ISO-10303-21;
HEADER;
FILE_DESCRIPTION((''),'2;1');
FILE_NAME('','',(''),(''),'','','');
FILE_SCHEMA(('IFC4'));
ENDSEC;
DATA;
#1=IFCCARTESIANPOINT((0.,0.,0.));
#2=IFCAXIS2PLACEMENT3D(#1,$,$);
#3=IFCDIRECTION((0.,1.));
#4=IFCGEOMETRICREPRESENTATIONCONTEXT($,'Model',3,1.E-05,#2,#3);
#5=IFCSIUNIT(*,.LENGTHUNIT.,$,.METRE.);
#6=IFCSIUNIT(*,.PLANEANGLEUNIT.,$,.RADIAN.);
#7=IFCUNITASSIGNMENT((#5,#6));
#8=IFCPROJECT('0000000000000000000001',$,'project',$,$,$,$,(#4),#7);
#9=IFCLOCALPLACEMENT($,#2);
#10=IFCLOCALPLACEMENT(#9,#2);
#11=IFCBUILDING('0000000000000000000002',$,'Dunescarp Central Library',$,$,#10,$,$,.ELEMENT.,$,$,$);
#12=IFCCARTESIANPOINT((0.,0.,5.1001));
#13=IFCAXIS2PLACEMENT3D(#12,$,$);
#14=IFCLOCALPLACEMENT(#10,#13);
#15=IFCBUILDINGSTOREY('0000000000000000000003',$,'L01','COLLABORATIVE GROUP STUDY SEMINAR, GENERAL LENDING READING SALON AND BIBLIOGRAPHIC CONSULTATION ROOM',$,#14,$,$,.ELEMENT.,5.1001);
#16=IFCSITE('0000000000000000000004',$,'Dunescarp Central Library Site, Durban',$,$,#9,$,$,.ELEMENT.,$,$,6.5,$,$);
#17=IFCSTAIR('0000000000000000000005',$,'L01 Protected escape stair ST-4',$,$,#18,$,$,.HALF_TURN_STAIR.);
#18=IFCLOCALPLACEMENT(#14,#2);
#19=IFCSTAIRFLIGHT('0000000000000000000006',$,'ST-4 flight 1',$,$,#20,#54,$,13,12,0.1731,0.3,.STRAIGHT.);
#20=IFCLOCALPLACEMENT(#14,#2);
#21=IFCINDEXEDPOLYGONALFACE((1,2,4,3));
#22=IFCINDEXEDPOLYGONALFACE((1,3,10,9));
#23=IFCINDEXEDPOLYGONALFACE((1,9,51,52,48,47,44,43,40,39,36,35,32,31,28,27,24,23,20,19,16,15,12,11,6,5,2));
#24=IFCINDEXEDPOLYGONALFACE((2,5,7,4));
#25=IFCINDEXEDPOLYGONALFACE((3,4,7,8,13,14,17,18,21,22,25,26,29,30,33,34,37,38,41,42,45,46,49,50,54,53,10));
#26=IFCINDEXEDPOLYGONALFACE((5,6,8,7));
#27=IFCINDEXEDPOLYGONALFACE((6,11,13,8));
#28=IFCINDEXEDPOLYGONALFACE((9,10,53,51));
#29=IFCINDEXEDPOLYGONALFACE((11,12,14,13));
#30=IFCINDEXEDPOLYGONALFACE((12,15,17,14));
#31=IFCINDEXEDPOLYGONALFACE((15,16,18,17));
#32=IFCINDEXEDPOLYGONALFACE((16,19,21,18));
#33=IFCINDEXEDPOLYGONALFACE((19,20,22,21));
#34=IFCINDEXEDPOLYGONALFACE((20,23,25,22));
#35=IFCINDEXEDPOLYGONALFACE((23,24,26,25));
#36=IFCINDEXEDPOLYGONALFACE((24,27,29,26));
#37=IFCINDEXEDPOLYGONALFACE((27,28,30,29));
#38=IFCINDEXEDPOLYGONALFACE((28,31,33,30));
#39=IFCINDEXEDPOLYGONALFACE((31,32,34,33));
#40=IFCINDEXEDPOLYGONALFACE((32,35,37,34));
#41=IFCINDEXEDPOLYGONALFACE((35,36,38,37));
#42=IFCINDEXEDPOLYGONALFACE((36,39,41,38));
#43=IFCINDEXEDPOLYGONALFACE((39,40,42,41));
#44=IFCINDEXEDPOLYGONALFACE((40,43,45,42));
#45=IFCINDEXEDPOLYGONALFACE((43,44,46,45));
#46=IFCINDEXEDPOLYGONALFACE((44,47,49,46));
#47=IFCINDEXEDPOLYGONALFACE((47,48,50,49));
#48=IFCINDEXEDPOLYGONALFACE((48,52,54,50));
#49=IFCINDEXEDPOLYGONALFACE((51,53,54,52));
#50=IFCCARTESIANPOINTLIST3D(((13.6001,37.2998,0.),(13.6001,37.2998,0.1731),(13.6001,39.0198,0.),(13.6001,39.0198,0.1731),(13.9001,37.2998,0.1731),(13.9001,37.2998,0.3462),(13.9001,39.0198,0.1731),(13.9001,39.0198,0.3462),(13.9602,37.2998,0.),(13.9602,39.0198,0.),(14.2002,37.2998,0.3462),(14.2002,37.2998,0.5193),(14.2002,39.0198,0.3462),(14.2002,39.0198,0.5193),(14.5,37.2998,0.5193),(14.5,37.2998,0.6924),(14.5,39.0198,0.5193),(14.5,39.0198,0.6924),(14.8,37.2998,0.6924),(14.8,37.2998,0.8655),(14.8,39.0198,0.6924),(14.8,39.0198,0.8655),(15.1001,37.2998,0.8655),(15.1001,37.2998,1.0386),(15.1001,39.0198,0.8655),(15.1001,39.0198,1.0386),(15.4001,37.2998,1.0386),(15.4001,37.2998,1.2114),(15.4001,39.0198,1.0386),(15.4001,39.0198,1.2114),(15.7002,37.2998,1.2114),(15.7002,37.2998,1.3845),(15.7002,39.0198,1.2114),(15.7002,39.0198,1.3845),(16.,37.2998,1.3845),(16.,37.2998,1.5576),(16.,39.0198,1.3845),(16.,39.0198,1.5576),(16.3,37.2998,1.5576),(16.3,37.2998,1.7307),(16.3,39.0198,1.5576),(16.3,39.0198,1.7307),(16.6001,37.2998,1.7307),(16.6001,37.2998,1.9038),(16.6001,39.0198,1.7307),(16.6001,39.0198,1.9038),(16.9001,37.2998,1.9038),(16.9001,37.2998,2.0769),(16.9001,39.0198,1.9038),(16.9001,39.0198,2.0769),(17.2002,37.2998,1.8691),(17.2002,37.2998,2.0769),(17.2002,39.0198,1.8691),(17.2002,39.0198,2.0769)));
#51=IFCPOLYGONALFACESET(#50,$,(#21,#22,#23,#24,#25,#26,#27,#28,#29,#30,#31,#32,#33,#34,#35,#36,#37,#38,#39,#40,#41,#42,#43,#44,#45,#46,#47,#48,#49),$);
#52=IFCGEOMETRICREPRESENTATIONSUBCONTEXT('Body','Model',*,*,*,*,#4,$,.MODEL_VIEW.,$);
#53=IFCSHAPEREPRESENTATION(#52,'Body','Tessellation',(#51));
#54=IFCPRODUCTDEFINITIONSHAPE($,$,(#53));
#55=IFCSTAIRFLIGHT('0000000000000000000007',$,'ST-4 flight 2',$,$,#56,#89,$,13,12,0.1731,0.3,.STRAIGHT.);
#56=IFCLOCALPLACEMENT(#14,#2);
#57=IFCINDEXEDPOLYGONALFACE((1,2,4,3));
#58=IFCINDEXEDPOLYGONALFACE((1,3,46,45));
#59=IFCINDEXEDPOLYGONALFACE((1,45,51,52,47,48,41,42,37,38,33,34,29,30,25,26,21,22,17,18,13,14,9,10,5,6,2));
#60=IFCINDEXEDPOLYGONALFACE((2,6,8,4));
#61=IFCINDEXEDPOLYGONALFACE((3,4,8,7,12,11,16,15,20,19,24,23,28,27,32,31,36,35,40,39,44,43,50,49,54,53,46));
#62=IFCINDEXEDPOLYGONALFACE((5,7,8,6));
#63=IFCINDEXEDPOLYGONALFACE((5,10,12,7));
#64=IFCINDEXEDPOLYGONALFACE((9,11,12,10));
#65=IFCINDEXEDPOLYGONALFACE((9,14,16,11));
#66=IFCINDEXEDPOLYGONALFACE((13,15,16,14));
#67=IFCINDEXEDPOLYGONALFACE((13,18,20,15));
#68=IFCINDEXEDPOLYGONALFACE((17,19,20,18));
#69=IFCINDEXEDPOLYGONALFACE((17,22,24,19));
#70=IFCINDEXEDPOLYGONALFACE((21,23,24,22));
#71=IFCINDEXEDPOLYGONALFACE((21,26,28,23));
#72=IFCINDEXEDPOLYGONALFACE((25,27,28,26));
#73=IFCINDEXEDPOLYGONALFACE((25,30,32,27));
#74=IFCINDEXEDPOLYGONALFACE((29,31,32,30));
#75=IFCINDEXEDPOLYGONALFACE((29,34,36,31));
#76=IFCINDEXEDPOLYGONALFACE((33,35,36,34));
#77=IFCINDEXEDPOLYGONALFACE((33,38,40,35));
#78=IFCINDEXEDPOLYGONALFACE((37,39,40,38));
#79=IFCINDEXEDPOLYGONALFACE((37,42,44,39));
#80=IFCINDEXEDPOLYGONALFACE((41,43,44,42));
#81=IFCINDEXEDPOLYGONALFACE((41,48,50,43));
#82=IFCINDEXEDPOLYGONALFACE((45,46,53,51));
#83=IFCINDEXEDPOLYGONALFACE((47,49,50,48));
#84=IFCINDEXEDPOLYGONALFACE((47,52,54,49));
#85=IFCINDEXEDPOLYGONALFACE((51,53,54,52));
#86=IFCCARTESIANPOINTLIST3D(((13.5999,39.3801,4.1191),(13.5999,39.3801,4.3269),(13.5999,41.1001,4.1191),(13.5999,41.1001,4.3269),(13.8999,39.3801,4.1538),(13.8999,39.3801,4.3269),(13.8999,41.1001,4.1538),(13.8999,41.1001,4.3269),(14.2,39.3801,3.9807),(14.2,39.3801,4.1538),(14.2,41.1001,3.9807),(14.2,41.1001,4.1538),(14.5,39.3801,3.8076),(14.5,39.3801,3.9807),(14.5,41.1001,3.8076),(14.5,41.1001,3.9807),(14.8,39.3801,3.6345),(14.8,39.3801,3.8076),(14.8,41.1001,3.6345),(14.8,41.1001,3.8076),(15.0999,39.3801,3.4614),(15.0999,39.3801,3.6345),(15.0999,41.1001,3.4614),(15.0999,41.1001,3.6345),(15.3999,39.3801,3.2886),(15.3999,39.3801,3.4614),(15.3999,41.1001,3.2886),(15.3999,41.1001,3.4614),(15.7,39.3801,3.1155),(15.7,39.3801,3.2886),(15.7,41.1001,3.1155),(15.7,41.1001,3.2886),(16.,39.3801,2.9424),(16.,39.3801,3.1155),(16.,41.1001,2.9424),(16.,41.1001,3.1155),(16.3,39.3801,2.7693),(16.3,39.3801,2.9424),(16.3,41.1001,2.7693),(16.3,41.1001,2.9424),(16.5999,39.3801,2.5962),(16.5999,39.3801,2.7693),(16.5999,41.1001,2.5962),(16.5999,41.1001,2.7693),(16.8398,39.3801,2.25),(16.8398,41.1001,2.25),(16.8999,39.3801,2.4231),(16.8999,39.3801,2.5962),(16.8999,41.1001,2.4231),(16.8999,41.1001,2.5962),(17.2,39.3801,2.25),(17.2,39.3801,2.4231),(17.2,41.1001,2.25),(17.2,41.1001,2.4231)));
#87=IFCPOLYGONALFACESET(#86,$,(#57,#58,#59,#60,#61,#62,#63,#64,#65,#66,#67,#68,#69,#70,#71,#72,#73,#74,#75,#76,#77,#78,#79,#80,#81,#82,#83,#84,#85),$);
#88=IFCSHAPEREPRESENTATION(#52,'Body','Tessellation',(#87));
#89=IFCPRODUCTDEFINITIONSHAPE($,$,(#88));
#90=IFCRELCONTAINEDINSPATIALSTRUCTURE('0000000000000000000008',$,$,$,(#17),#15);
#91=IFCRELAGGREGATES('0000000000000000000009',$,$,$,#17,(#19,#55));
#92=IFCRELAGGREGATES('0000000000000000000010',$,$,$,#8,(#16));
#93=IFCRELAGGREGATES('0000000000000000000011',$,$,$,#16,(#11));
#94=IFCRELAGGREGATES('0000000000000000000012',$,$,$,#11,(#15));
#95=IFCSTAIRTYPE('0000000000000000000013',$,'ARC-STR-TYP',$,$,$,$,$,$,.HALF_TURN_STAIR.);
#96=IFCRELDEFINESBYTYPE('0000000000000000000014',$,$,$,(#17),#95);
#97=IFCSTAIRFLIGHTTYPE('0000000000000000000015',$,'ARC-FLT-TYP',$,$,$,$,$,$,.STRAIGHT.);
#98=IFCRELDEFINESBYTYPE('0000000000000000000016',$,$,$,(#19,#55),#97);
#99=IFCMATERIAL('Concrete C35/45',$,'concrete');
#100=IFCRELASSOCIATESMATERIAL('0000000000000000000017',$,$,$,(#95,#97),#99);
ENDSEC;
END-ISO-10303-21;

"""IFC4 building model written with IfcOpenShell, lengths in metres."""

from ifc_helpers import new_model, si_unit, direction, frame, origin, place, context, subcontext, project, spatial, polyline, outline, extrude, material, type_object, element, aggregate, save


model = new_model("IFC4")

# Units and contexts
model_context = context("Model", 3, precision=1e-05, world=origin(), true_north=direction((0.0, 1.0)))
body_context = subcontext(model_context, "Body", "Model", "MODEL_VIEW")
ifc_project = project(units=[si_unit("LENGTHUNIT", "METRE"), si_unit("PLANEANGLEUNIT", "RADIAN")], contexts=[model_context])

# Site, building, storey
site_placement = place(None, origin())
site = spatial("IfcSite", under=ifc_project, at=site_placement, Name="Dunescarp Central Library Site, Durban", CompositionType="ELEMENT", RefElevation=6.5)
building_placement = place(site_placement, origin())
building = spatial("IfcBuilding", under=site, at=building_placement, Name="Dunescarp Central Library", CompositionType="ELEMENT")
storey_placement = place(building_placement, frame((0.0, 0.0, 5.1001)))
storey = spatial("IfcBuildingStorey", under=building, at=storey_placement, Name="L01", Description="COLLABORATIVE GROUP STUDY SEMINAR, GENERAL LENDING READING SALON AND BIBLIOGRAPHIC CONSULTATION ROOM", CompositionType="ELEMENT", Elevation=5.1001)

# Shared definitions
ifc_material_1 = material(Name="Concrete C35/45", Category="concrete")

# Stair, stair flights
stair_type = type_object("IfcStairType", Name="ARC-STR-TYP", PredefinedType="HALF_TURN_STAIR", material=ifc_material_1)
stair_placement = place(storey_placement, origin())
stair = element("IfcStair", 1, at=stair_placement, inside=storey, type_object=stair_type, Name="L01 Protected escape stair ST-4", PredefinedType="HALF_TURN_STAIR")
stair_flight_type = type_object("IfcStairFlightType", Name="ARC-FLT-TYP", PredefinedType="STRAIGHT", material=ifc_material_1)
stair_flight_1_placement = place(storey_placement, frame((13.6001, 38.1599, 0.0), z_axis=(0.0, 0.0, 1.0), x_axis=(1.0, 0.0, 0.0)))
stair_flight_1 = element("IfcStairFlight", 2, at=stair_flight_1_placement, type_object=stair_flight_type, Name="ST-4 flight 1", NumberOfRisers=13, NumberOfTreads=12, PredefinedType="STRAIGHT", RiserHeight=0.1731, TreadLength=0.3, context=body_context, shape_type="SweptSolid", body=[
    extrude(outline(polyline([(0.0, 0.0), (0.0, 0.1731), (0.3, 0.1731), (0.3, 0.3462), (0.6001, 0.3462), (0.6001, 0.5193), (0.8999, 0.5193), (0.8999, 0.6924), (1.2, 0.6924), (1.2, 0.8655), (1.5, 0.8655), (1.5, 1.0386), (1.8, 1.0386), (1.8, 1.2114), (2.1001, 1.2114), (2.1001, 1.3845), (2.3999, 1.3845), (2.3999, 1.5576), (2.7, 1.5576), (2.7, 1.7307), (3.0, 1.7307), (3.0, 1.9038), (3.3, 1.9038), (3.3, 2.0769), (3.6001, 2.0769), (3.6001, 2.25), (3.6001, 1.8691), (0.3601, 0.0), (0.0, 0.0)])), frame((0.0, 0.8599, 0.0), z_axis=(0.0, -1.0, 0.0), x_axis=(1.0, 0.0, 0.0)), (0.0, 0.0, 1.0), 1.72),
])
stair_flight_2_placement = place(storey_placement, frame((17.2, 40.24, 2.25), z_axis=(0.0, 0.0, 1.0), x_axis=(-1.0, 0.0, 0.0)))
stair_flight_2 = element("IfcStairFlight", 3, at=stair_flight_2_placement, type_object=stair_flight_type, Name="ST-4 flight 2", NumberOfRisers=13, NumberOfTreads=12, PredefinedType="STRAIGHT", RiserHeight=0.1731, TreadLength=0.3, context=body_context, shape_type="SweptSolid", body=[
    extrude(outline(polyline([(0.0, 0.0), (0.0, 0.1731), (0.3, 0.1731), (0.3, 0.3462), (0.6001, 0.3462), (0.6001, 0.5193), (0.8999, 0.5193), (0.8999, 0.6924), (1.2, 0.6924), (1.2, 0.8655), (1.5, 0.8655), (1.5, 1.0386), (1.8, 1.0386), (1.8, 1.2114), (2.1001, 1.2114), (2.1001, 1.3845), (2.3999, 1.3845), (2.3999, 1.5576), (2.7, 1.5576), (2.7, 1.7307), (3.0, 1.7307), (3.0, 1.9038), (3.3, 1.9038), (3.3, 2.0769), (3.6001, 2.0769), (3.6001, 2.25), (3.6001, 1.8691), (0.3601, 0.0), (0.0, 0.0)])), frame((0.0, 0.8599, 0.0), z_axis=(0.0, -1.0, 0.0), x_axis=(1.0, 0.0, 0.0)), (0.0, 0.0, 1.0), 1.72),
])
aggregate(stair, [stair_flight_1, stair_flight_2])

save(model, "model.ifc")
